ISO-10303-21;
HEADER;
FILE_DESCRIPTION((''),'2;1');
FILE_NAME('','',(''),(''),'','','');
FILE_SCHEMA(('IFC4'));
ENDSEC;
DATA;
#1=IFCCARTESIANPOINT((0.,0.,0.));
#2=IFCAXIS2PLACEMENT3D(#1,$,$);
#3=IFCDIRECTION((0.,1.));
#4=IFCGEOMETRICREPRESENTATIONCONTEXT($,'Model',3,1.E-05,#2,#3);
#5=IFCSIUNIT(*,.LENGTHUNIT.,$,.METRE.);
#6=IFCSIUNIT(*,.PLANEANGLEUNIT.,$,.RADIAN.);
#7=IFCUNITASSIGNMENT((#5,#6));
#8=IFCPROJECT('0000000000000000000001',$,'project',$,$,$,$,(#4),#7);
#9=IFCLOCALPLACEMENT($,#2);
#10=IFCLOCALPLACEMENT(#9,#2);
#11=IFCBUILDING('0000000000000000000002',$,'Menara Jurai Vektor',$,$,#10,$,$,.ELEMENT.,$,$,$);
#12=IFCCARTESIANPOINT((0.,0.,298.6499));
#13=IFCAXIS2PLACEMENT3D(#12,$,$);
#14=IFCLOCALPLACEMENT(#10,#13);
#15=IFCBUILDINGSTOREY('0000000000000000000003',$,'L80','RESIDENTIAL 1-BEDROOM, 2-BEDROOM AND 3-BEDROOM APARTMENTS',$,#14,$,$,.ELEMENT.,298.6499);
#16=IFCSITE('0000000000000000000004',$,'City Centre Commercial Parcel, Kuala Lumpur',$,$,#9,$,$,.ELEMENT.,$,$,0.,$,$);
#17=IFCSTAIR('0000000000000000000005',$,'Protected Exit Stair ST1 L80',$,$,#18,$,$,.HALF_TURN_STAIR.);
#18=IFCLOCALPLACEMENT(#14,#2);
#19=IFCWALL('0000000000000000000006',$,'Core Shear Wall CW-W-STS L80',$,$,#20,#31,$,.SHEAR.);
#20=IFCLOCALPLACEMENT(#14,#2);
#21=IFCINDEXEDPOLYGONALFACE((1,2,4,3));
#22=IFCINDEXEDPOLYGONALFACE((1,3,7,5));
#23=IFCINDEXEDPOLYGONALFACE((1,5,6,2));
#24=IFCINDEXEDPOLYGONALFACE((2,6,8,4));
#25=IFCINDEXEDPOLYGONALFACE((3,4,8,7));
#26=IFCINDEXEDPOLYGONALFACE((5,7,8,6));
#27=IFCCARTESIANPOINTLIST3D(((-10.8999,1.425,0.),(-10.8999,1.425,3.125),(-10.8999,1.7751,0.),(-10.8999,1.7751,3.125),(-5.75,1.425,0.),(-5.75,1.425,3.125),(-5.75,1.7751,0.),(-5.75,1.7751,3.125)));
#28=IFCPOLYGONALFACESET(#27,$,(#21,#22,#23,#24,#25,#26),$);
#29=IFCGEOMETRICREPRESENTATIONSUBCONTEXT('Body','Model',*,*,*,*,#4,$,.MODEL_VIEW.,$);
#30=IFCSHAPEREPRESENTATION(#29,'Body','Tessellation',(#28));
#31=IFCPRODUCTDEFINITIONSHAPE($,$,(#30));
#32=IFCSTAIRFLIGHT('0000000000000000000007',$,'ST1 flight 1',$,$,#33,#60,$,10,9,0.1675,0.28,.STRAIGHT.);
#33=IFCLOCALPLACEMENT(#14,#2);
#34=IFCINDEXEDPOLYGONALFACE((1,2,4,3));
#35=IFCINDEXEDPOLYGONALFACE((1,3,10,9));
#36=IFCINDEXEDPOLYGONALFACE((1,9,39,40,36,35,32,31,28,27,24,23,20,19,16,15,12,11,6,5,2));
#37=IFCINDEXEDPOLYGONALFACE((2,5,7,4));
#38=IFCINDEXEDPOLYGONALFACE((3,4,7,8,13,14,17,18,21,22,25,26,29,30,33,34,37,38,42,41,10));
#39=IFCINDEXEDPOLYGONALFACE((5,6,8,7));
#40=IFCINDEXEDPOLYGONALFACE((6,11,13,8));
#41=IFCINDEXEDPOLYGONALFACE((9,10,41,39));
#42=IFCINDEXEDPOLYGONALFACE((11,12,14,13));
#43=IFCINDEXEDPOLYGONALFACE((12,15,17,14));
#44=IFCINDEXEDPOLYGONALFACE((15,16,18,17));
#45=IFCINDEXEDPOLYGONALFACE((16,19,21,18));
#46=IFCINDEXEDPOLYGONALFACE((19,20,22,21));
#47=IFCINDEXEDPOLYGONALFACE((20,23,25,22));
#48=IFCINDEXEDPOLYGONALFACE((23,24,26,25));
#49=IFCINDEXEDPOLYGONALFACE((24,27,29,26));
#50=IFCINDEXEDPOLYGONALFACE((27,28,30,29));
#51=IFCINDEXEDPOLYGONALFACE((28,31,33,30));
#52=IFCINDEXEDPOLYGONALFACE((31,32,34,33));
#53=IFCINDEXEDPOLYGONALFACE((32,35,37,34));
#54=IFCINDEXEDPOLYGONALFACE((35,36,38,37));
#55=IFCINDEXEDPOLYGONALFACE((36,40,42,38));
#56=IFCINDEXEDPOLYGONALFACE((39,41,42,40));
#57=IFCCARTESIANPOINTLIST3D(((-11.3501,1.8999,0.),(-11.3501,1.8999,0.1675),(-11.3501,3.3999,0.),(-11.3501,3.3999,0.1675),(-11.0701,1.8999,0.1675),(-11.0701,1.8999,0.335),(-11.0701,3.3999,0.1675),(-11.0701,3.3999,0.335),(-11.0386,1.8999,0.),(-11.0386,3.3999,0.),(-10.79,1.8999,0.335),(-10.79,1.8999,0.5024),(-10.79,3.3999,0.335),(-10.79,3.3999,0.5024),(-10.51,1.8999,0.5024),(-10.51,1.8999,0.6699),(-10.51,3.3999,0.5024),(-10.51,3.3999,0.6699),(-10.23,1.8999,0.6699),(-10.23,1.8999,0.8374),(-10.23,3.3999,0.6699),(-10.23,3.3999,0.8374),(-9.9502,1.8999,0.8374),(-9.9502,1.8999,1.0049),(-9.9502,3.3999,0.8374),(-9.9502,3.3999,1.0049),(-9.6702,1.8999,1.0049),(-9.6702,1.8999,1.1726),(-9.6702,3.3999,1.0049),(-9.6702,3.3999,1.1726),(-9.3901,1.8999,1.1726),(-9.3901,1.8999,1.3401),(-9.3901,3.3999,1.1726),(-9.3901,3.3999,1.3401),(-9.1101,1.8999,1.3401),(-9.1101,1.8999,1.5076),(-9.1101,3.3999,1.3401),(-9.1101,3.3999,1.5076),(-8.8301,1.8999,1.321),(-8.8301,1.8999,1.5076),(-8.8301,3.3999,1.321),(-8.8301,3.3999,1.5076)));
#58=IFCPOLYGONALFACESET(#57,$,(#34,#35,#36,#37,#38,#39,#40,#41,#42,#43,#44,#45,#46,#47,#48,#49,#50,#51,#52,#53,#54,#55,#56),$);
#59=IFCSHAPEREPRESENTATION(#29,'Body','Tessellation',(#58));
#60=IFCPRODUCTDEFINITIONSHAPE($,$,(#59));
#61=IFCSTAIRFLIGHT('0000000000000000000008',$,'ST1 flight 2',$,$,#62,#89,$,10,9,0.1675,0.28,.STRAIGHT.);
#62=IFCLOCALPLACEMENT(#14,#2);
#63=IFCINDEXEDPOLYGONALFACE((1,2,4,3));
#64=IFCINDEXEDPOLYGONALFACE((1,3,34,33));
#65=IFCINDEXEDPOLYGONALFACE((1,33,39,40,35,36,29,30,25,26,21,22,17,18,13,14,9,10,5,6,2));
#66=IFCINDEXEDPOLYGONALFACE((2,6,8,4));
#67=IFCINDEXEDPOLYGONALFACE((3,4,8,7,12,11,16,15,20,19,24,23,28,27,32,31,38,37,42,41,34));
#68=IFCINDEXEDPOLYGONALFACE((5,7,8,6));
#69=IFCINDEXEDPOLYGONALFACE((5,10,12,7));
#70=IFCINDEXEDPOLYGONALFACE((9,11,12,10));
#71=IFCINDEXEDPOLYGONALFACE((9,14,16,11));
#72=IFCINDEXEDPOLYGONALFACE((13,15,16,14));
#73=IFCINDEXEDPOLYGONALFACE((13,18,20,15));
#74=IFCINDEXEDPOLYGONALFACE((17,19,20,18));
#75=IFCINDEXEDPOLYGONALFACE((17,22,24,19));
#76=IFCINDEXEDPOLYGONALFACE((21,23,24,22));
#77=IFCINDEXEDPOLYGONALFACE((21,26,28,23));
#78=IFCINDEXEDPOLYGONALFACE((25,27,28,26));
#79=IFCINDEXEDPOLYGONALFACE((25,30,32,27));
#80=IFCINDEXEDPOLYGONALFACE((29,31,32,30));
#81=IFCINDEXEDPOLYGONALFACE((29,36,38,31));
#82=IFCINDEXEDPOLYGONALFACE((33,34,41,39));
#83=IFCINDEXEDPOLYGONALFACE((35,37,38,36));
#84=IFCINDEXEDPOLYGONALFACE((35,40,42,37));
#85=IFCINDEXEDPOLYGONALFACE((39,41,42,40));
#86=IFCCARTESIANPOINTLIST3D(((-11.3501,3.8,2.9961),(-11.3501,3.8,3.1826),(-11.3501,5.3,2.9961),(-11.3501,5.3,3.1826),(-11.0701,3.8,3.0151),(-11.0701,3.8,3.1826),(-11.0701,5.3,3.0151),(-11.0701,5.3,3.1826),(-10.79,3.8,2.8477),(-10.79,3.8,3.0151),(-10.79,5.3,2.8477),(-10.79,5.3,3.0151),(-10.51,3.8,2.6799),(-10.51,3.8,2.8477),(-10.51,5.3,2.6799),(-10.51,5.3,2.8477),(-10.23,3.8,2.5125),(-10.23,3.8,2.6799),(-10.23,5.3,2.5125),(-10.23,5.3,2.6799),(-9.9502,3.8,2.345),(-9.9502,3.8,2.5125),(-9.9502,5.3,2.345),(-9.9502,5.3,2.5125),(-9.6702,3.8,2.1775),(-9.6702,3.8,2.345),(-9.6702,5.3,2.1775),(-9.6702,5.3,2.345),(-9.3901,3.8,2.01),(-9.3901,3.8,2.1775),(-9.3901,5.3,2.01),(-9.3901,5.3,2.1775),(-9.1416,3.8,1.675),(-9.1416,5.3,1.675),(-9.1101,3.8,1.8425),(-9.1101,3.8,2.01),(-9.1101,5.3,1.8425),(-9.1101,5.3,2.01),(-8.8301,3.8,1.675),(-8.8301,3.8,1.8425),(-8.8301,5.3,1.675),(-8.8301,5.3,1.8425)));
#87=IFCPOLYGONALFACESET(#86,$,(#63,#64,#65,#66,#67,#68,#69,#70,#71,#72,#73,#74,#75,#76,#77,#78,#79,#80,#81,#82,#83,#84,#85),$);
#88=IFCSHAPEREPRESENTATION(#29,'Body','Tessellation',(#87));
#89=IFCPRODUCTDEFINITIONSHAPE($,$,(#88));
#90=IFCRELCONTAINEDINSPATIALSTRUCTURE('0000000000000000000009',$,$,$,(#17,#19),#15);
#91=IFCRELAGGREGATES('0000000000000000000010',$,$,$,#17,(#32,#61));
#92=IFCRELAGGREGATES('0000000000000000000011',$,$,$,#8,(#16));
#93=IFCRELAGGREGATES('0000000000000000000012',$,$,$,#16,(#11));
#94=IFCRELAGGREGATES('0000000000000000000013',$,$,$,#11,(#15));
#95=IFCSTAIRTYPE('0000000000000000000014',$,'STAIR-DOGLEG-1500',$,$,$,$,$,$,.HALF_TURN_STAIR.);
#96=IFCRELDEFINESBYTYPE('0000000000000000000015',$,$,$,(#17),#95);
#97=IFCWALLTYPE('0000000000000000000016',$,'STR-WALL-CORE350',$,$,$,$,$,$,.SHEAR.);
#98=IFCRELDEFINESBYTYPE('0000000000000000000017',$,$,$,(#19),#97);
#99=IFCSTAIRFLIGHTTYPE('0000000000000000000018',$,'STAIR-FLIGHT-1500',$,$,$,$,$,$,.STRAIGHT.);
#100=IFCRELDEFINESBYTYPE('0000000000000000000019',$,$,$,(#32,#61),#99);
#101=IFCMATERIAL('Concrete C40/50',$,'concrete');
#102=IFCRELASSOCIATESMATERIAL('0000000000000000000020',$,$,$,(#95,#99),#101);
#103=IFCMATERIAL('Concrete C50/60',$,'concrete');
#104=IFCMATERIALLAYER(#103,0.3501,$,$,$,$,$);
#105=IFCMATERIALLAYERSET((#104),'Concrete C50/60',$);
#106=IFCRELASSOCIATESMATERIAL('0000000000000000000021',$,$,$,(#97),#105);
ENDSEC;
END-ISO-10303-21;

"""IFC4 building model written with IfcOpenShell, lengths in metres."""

from ifc_helpers import new_model, si_unit, direction, frame, frame_2d, origin, place, context, subcontext, project, spatial, polyline, rectangle, outline, extrude, material, layer, layer_set, type_object, element, aggregate, save


model = new_model("IFC4")

# Units and contexts
model_context = context("Model", 3, precision=1e-05, world=origin(), true_north=direction((0.0, 1.0)))
body_context = subcontext(model_context, "Body", "Model", "MODEL_VIEW")
ifc_project = project(units=[si_unit("LENGTHUNIT", "METRE"), si_unit("PLANEANGLEUNIT", "RADIAN")], contexts=[model_context])

# Site, building, storey
site_placement = place(None, origin())
site = spatial("IfcSite", under=ifc_project, at=site_placement, Name="City Centre Commercial Parcel, Kuala Lumpur", CompositionType="ELEMENT", RefElevation=0.0)
building_placement = place(site_placement, origin())
building = spatial("IfcBuilding", under=site, at=building_placement, Name="Menara Jurai Vektor", CompositionType="ELEMENT")
storey_placement = place(building_placement, frame((0.0, 0.0, 298.6499)))
storey = spatial("IfcBuildingStorey", under=building, at=storey_placement, Name="L80", Description="RESIDENTIAL 1-BEDROOM, 2-BEDROOM AND 3-BEDROOM APARTMENTS", CompositionType="ELEMENT", Elevation=298.6499)

# Shared definitions
ifc_material_1 = material(Name="Concrete C50/60", Category="concrete")

# Stair
ifc_material_2 = material(Name="Concrete C40/50", Category="concrete")
stair_type = type_object("IfcStairType", Name="STAIR-DOGLEG-1500", PredefinedType="HALF_TURN_STAIR", material=ifc_material_2)
stair_1_placement = place(storey_placement, origin())
stair_1 = element("IfcStair", 1, at=stair_1_placement, inside=storey, type_object=stair_type, Name="Protected Exit Stair ST1 L80", PredefinedType="HALF_TURN_STAIR")

# Wall
ifc_layer_1 = layer(ifc_material_1, 0.3501)
ifc_layer_set_1 = layer_set([ifc_layer_1], Name="Concrete C50/60")
wall_type_1 = type_object("IfcWallType", Name="STR-WALL-CORE350", PredefinedType="SHEAR", material=ifc_layer_set_1)
wall_1_placement = place(storey_placement, frame((-10.8999, 1.6001, 0.0), z_axis=(0.0, 0.0, 1.0), x_axis=(1.0, 0.0, 0.0)))
element("IfcWall", 2, at=wall_1_placement, inside=storey, type_object=wall_type_1, Name="Core Shear Wall CW-W-STS L80", PredefinedType="SHEAR", context=body_context, shape_type="SweptSolid", body=[
    extrude(rectangle(XDim=5.1499, YDim=0.3501, at=frame_2d((2.575, 0.0))), origin(), (0.0, 0.0, 1.0), 3.125),
])

# Stair flights
stair_flight_type = type_object("IfcStairFlightType", Name="STAIR-FLIGHT-1500", PredefinedType="STRAIGHT", material=ifc_material_2)
stair_flight_1_placement = place(storey_placement, frame((-11.3501, 2.6499, 0.0), z_axis=(0.0, 0.0, 1.0), x_axis=(1.0, 0.0, 0.0)))
stair_flight_1 = element("IfcStairFlight", 3, at=stair_flight_1_placement, type_object=stair_flight_type, Name="ST1 flight 1", NumberOfRisers=10, NumberOfTreads=9, PredefinedType="STRAIGHT", RiserHeight=0.1675, TreadLength=0.28, context=body_context, shape_type="SweptSolid", body=[
    extrude(outline(polyline([(0.0, 0.0), (0.0, 0.1675), (0.28, 0.1675), (0.28, 0.335), (0.5601, 0.335), (0.5601, 0.5024), (0.8401, 0.5024), (0.8401, 0.6699), (1.1201, 0.6699), (1.1201, 0.8374), (1.3999, 0.8374), (1.3999, 1.0049), (1.6799, 1.0049), (1.6799, 1.1726), (1.96, 1.1726), (1.96, 1.3401), (2.24, 1.3401), (2.24, 1.5076), (2.52, 1.5076), (2.52, 1.675), (2.52, 1.321), (0.3115, 0.0), (0.0, 0.0)])), frame((0.0, 0.75, 0.0), z_axis=(0.0, -1.0, 0.0), x_axis=(1.0, 0.0, 0.0)), (0.0, 0.0, 1.0), 1.5),
])
stair_flight_2_placement = place(storey_placement, frame((-8.8301, 4.55, 1.675), z_axis=(0.0, 0.0, 1.0), x_axis=(-1.0, 0.0, 0.0)))
stair_flight_2 = element("IfcStairFlight", 4, at=stair_flight_2_placement, type_object=stair_flight_type, Name="ST1 flight 2", NumberOfRisers=10, NumberOfTreads=9, PredefinedType="STRAIGHT", RiserHeight=0.1675, TreadLength=0.28, context=body_context, shape_type="SweptSolid", body=[
    extrude(outline(polyline([(0.0, 0.0), (0.0, 0.1675), (0.28, 0.1675), (0.28, 0.335), (0.5601, 0.335), (0.5601, 0.5024), (0.8401, 0.5024), (0.8401, 0.6699), (1.1201, 0.6699), (1.1201, 0.8374), (1.3999, 0.8374), (1.3999, 1.0049), (1.6799, 1.0049), (1.6799, 1.1726), (1.96, 1.1726), (1.96, 1.3401), (2.24, 1.3401), (2.24, 1.5076), (2.52, 1.5076), (2.52, 1.675), (2.52, 1.321), (0.3115, 0.0), (0.0, 0.0)])), frame((0.0, 0.75, 0.0), z_axis=(0.0, -1.0, 0.0), x_axis=(1.0, 0.0, 0.0)), (0.0, 0.0, 1.0), 1.5),
])
aggregate(stair_1, [stair_flight_1, stair_flight_2])

save(model, "model.ifc")
